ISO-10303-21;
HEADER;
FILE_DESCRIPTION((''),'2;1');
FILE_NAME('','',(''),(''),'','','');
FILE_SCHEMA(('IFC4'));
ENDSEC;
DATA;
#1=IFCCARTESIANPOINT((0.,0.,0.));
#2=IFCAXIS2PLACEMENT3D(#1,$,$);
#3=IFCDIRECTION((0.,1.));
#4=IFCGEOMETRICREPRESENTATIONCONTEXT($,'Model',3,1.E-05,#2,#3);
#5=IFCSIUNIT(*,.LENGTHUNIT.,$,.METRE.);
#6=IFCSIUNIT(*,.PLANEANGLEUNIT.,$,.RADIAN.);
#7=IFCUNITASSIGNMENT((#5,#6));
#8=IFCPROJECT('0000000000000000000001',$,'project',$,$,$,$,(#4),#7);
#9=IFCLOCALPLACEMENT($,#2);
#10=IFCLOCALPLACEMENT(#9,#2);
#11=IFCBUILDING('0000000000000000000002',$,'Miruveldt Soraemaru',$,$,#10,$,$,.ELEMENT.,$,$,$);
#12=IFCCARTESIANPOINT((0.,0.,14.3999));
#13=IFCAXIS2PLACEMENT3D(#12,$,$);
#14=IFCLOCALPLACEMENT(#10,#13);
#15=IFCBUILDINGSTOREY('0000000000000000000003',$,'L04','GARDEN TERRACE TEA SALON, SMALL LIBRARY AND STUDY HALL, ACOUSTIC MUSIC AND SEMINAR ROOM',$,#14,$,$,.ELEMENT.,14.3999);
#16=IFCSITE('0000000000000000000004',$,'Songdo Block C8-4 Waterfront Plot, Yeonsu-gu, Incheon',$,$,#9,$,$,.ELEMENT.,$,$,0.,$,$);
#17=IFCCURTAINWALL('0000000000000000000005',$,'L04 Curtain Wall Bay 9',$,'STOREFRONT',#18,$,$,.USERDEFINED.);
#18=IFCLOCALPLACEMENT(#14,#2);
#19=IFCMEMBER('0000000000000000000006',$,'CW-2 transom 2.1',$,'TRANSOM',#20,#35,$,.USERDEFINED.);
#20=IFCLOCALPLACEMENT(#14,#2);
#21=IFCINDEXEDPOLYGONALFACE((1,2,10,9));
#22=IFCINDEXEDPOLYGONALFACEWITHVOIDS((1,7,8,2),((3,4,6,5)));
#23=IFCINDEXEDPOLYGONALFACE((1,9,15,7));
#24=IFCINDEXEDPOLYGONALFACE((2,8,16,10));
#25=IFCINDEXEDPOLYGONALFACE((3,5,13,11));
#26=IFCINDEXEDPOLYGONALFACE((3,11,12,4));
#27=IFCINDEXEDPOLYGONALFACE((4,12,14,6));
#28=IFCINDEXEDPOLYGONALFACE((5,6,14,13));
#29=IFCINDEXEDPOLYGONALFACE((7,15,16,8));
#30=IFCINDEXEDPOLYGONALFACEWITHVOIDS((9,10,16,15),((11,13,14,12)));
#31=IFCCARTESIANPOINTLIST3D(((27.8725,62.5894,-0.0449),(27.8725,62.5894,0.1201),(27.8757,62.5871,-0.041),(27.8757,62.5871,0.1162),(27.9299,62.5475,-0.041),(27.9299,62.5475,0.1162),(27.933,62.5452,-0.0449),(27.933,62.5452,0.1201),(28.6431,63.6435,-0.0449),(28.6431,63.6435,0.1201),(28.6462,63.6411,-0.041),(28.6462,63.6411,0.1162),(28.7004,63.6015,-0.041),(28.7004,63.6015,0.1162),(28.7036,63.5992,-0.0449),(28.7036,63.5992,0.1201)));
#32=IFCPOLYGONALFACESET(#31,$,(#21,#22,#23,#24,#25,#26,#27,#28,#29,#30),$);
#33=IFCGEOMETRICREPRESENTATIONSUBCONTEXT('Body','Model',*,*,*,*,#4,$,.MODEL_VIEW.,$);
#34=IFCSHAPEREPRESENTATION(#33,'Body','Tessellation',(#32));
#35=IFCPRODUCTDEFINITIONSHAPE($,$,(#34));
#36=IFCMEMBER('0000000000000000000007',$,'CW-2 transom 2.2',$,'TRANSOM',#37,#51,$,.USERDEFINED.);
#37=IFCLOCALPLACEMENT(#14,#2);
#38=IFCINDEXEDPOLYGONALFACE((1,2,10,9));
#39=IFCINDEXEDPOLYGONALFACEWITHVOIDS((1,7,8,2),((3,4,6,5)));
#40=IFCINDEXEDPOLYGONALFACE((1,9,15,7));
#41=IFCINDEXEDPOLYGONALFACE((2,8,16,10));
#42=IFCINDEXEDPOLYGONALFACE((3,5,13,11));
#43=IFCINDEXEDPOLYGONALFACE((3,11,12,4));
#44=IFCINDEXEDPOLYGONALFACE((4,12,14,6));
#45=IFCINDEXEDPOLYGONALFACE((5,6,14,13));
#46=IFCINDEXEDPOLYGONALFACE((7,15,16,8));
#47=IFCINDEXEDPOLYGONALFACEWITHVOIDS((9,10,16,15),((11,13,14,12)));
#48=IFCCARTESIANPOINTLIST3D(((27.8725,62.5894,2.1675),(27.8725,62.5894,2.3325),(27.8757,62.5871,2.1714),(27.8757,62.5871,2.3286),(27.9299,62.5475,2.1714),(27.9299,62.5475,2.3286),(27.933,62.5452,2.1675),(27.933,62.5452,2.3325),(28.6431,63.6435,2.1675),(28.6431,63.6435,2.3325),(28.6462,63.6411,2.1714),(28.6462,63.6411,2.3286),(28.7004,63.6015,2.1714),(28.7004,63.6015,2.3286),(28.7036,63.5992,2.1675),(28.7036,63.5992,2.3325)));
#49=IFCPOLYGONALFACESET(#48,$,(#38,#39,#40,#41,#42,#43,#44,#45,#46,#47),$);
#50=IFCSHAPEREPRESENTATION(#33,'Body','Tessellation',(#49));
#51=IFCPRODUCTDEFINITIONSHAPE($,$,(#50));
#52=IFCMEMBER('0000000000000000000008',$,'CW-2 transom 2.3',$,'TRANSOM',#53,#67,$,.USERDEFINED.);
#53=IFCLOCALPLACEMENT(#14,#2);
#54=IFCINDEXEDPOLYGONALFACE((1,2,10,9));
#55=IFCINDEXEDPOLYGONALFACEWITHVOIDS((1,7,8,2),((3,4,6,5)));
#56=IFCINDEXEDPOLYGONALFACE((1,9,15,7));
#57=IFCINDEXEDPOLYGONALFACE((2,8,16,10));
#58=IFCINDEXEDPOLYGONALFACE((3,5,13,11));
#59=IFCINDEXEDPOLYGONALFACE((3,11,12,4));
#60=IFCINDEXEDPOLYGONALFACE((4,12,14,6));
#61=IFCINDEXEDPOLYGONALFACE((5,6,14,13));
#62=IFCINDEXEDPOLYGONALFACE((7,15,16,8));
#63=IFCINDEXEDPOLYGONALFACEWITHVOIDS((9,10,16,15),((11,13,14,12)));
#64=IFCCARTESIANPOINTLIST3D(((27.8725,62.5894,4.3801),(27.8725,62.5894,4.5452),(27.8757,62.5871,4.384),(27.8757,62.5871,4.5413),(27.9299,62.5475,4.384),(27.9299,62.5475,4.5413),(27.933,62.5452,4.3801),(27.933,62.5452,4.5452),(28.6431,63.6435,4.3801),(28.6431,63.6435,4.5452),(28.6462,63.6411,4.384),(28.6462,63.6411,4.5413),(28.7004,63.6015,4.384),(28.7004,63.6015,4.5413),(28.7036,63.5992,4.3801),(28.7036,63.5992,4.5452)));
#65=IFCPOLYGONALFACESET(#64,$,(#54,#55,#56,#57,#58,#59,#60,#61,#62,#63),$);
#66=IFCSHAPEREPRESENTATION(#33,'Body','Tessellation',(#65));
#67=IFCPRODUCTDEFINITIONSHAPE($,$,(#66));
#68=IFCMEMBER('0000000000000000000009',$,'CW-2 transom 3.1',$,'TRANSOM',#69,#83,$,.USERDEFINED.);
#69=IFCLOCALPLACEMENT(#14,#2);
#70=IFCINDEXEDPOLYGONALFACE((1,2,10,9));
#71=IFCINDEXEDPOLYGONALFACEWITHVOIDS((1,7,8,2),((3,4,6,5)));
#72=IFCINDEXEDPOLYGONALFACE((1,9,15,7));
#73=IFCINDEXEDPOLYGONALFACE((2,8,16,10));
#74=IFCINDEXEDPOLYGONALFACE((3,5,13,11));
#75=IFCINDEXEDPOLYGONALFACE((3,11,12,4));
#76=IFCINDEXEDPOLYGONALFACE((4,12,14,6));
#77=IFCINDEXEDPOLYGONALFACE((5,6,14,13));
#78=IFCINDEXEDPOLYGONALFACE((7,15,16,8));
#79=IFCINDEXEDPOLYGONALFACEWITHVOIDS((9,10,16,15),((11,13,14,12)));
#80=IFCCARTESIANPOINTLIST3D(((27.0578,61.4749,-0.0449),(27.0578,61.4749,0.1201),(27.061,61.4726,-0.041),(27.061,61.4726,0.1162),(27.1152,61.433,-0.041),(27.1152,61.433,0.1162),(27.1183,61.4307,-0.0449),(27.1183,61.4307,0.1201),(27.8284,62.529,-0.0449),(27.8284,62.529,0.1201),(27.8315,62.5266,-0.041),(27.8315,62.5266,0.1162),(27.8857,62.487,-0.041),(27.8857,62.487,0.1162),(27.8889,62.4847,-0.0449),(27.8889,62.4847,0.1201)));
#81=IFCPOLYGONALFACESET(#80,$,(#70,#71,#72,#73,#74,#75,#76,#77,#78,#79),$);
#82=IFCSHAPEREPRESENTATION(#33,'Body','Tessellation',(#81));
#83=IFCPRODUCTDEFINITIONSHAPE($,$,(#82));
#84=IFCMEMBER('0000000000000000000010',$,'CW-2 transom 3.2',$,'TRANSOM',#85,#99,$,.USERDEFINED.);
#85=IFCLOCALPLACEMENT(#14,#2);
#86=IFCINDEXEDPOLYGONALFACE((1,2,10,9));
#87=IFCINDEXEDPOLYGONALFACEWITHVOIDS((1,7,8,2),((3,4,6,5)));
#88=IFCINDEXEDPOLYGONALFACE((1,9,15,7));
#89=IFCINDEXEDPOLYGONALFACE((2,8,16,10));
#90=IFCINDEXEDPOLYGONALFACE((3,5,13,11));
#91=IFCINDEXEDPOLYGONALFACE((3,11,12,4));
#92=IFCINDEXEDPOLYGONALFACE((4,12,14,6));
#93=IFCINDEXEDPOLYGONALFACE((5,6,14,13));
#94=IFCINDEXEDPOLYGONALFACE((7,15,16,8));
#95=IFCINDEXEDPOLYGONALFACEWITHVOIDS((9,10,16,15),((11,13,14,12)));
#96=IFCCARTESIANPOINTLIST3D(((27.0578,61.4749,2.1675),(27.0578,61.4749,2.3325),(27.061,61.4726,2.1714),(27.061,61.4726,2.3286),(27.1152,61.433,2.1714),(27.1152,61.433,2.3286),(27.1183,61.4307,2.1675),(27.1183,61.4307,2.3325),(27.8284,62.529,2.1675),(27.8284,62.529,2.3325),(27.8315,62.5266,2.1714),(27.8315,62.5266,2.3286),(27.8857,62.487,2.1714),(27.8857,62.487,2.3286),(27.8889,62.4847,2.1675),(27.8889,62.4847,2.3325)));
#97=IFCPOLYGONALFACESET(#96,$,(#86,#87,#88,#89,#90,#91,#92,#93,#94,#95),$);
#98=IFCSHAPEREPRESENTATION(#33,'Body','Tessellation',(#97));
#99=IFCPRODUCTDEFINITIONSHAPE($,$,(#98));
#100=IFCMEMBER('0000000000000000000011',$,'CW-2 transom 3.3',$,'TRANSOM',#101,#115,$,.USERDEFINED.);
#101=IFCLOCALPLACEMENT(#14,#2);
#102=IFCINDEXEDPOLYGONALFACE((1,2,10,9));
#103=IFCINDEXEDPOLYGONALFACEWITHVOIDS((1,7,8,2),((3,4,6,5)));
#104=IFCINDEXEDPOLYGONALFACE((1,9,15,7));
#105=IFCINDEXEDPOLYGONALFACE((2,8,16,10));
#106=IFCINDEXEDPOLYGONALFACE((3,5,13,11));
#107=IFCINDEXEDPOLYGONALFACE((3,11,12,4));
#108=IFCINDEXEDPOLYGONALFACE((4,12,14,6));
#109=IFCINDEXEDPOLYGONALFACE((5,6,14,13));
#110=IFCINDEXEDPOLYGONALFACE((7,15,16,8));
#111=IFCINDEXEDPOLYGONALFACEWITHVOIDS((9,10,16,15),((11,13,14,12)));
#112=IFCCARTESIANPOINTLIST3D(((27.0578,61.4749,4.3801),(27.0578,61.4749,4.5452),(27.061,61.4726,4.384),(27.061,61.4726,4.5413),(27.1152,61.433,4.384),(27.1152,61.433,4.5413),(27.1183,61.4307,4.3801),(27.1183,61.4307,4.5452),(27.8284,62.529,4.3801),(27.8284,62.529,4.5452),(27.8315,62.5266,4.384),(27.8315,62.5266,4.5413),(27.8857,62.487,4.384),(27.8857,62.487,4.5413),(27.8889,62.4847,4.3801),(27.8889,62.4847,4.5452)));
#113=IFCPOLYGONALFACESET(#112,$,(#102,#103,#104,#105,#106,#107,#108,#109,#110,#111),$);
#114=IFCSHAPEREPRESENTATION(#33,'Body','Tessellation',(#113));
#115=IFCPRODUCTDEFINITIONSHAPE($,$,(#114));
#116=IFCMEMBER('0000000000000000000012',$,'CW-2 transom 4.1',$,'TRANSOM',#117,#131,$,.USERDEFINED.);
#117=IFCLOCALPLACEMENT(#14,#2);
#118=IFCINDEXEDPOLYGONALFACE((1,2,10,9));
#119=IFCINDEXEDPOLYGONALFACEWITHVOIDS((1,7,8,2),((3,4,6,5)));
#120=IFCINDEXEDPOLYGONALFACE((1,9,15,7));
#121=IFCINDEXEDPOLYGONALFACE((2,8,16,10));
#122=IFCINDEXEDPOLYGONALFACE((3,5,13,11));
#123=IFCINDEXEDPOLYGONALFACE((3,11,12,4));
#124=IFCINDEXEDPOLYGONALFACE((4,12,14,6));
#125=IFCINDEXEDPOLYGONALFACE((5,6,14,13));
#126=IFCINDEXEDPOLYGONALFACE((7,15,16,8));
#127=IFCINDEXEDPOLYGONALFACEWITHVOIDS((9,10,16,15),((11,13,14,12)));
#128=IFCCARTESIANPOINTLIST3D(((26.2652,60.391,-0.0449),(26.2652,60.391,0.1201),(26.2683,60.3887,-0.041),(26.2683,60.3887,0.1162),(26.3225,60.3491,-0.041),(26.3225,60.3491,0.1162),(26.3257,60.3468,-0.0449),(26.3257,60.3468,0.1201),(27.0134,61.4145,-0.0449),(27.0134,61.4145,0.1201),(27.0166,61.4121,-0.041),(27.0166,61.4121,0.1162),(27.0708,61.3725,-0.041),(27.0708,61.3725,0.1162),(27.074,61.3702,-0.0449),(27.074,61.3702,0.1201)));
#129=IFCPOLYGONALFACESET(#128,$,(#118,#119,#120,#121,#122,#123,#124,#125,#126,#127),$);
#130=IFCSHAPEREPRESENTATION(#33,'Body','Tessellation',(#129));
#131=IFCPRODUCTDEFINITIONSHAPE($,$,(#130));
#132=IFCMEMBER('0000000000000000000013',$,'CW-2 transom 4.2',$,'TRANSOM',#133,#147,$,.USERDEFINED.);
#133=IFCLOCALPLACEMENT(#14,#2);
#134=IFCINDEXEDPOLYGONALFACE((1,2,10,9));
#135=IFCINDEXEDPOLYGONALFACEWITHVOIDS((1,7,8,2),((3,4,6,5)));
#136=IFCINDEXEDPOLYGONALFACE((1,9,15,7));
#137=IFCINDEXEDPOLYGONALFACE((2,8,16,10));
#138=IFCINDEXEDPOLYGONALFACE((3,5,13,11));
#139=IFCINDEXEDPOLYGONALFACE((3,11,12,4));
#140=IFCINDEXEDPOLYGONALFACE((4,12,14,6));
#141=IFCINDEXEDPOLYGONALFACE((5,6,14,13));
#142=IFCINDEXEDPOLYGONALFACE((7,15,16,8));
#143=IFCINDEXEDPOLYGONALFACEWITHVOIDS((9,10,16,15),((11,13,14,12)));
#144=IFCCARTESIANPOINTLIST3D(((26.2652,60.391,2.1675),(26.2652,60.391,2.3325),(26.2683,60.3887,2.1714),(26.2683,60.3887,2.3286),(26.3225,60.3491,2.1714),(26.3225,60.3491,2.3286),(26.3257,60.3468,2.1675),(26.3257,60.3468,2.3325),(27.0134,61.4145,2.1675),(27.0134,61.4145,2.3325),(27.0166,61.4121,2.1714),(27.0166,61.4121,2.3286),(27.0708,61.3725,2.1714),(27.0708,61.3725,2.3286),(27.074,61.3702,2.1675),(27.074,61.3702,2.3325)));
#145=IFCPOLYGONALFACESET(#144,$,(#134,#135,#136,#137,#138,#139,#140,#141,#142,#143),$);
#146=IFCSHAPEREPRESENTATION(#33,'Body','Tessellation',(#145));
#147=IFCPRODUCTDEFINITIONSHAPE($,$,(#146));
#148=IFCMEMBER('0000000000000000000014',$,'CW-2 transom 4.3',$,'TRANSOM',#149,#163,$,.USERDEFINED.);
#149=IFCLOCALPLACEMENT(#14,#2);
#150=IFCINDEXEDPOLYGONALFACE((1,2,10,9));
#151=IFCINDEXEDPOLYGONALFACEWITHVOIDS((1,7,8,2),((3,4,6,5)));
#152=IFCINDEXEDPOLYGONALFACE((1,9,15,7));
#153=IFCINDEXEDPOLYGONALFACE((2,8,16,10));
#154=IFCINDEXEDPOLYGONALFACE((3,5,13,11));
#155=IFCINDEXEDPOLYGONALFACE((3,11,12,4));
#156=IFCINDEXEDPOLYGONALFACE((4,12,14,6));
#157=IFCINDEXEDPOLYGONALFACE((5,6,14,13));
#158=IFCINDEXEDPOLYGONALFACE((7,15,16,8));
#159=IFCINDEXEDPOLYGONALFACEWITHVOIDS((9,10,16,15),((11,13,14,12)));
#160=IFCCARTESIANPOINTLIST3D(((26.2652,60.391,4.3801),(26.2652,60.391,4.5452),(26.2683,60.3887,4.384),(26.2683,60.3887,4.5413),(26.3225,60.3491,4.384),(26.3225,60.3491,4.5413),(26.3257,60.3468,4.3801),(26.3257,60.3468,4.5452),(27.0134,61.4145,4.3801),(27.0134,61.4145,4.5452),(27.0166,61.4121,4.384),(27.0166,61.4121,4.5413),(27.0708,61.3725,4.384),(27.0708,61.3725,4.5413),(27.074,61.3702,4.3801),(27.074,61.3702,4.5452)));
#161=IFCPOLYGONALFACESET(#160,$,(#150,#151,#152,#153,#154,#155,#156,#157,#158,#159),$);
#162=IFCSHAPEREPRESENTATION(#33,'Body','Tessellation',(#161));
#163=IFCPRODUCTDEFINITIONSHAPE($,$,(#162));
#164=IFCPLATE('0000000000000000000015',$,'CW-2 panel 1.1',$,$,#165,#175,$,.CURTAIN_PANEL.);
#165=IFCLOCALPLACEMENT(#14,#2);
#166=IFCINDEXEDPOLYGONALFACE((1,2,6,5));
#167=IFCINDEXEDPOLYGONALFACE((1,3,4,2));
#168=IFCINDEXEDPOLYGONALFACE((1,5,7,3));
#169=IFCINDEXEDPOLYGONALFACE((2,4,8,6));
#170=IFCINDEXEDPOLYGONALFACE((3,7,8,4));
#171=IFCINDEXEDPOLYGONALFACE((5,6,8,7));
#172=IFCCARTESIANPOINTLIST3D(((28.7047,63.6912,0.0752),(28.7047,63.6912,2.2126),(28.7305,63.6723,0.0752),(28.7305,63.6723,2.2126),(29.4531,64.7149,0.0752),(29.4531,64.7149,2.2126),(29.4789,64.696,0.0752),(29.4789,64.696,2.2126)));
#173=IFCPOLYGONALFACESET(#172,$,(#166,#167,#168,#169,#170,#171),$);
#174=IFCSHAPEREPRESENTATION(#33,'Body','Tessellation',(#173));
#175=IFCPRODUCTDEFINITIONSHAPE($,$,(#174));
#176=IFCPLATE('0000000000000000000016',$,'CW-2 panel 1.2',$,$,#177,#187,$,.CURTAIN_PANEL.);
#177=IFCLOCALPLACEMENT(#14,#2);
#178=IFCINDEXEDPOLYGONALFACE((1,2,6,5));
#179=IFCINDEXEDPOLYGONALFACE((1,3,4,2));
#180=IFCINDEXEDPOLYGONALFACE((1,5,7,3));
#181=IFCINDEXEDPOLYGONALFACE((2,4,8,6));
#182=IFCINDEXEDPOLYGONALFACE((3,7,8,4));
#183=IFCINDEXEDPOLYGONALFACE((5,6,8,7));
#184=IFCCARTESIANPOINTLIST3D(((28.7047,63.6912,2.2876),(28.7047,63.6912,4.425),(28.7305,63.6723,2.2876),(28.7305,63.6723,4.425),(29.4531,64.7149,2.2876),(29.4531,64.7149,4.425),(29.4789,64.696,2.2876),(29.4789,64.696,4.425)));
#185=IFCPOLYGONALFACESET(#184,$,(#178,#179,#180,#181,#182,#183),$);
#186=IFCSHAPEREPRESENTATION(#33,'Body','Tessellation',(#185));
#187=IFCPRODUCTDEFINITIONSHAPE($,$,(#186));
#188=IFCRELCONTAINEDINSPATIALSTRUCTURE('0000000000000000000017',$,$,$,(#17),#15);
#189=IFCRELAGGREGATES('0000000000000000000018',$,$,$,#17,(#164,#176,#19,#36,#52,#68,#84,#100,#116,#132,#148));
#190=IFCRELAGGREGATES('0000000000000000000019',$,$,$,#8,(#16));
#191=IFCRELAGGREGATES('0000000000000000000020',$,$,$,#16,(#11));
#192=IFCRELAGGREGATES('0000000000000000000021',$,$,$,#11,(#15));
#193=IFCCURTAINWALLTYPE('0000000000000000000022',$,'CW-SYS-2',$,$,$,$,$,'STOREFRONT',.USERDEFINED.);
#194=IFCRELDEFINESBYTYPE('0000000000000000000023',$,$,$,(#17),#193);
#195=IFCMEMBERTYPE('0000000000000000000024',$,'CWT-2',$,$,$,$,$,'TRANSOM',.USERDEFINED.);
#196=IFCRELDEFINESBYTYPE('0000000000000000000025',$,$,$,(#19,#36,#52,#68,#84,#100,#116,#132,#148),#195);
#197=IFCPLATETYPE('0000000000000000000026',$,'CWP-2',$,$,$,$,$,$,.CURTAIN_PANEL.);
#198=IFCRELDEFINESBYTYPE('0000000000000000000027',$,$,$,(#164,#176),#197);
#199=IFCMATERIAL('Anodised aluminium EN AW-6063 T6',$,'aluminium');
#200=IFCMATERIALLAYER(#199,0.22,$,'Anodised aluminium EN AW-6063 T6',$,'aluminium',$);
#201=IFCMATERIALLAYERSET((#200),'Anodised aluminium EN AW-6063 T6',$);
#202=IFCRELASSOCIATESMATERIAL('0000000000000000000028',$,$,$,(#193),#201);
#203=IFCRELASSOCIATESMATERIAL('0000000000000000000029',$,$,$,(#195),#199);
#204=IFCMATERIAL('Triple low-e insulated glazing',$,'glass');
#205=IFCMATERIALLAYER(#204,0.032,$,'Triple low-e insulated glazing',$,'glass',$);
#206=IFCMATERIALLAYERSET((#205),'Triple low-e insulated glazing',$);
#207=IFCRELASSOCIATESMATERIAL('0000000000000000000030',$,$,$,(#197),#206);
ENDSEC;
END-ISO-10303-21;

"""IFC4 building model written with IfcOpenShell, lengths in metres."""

from ifc_helpers import new_model, si_unit, direction, frame, origin, origin_2d, place, context, subcontext, project, spatial, rectangle, hollow_rectangle, extrude, material, layer, layer_set, material_profile, profile_set, type_object, element, aggregate, save


model = new_model("IFC4")

# Units and contexts
model_context = context("Model", 3, precision=1e-05, world=origin(), true_north=direction((0.0, 1.0)))
body_context = subcontext(model_context, "Body", "Model", "MODEL_VIEW")
ifc_project = project(units=[si_unit("LENGTHUNIT", "METRE"), si_unit("PLANEANGLEUNIT", "RADIAN")], contexts=[model_context])

# Site, building, storey
site_placement = place(None, origin())
site = spatial("IfcSite", under=ifc_project, at=site_placement, Name="Songdo Block C8-4 Waterfront Plot, Yeonsu-gu, Incheon", CompositionType="ELEMENT", RefElevation=0.0)
building_placement = place(site_placement, origin())
building = spatial("IfcBuilding", under=site, at=building_placement, Name="Miruveldt Soraemaru", CompositionType="ELEMENT")
storey_placement = place(building_placement, frame((0.0, 0.0, 14.3999)))
storey = spatial("IfcBuildingStorey", under=building, at=storey_placement, Name="L04", Description="GARDEN TERRACE TEA SALON, SMALL LIBRARY AND STUDY HALL, ACOUSTIC MUSIC AND SEMINAR ROOM", CompositionType="ELEMENT", Elevation=14.3999)

# Curtain wall, members, plates
ifc_material_1 = material(Name="Anodised aluminium EN AW-6063 T6", Category="aluminium")
ifc_layer_1 = layer(ifc_material_1, 0.22, Name="Anodised aluminium EN AW-6063 T6", Category="aluminium")
ifc_layer_set_1 = layer_set([ifc_layer_1], Name="Anodised aluminium EN AW-6063 T6")
curtain_wall_type = type_object("IfcCurtainWallType", Name="CW-SYS-2", ElementType="STOREFRONT", PredefinedType="USERDEFINED", material=ifc_layer_set_1)
curtain_wall_placement = place(storey_placement, origin())
curtain_wall = element("IfcCurtainWall", 1, at=curtain_wall_placement, inside=storey, type_object=curtain_wall_type, Name="L04 Curtain Wall Bay 9", ObjectType="STOREFRONT", PredefinedType="USERDEFINED")
ifc_material_profile_1 = material_profile(ifc_material_1, hollow_rectangle(XDim=0.075, YDim=0.165, WallThickness=0.0039, at=origin_2d()), Name="Anodised aluminium EN AW-6063 T6", Category="aluminium")
ifc_profile_set_1 = profile_set([ifc_material_profile_1], Name="Anodised aluminium EN AW-6063 T6")
member_type_1 = type_object("IfcMemberType", Name="CWT-2", ElementType="TRANSOM", PredefinedType="USERDEFINED", material=ifc_profile_set_1)
member_1_placement = place(storey_placement, frame((28.6733, 63.6213, 0.0376), z_axis=(-0.590171, -0.807278, 0.0), x_axis=(0.807278, -0.590171, 0.0)))
member_1 = element("IfcMember", 2, at=member_1_placement, type_object=member_type_1, Name="CW-2 transom 2.1", ObjectType="TRANSOM", PredefinedType="USERDEFINED", context=body_context, shape_type="SweptSolid", body=[
    extrude(hollow_rectangle(XDim=0.075, YDim=0.165, WallThickness=0.0039, at=origin_2d()), origin(), (0.0, 0.0, 1.0), 1.3057),
])
member_2_placement = place(storey_placement, frame((28.6733, 63.6213, 2.25), z_axis=(-0.590171, -0.807278, 0.0), x_axis=(0.807278, -0.590171, 0.0)))
member_2 = element("IfcMember", 3, at=member_2_placement, type_object=member_type_1, Name="CW-2 transom 2.2", ObjectType="TRANSOM", PredefinedType="USERDEFINED", context=body_context, shape_type="SweptSolid", body=[
    extrude(hollow_rectangle(XDim=0.075, YDim=0.165, WallThickness=0.0039, at=origin_2d()), origin(), (0.0, 0.0, 1.0), 1.3057),
])
member_3_placement = place(storey_placement, frame((28.6733, 63.6213, 4.4626), z_axis=(-0.590171, -0.807278, 0.0), x_axis=(0.807278, -0.590171, 0.0)))
member_3 = element("IfcMember", 4, at=member_3_placement, type_object=member_type_1, Name="CW-2 transom 2.3", ObjectType="TRANSOM", PredefinedType="USERDEFINED", context=body_context, shape_type="SweptSolid", body=[
    extrude(hollow_rectangle(XDim=0.075, YDim=0.165, WallThickness=0.0039, at=origin_2d()), origin(), (0.0, 0.0, 1.0), 1.3057),
])
member_4_placement = place(storey_placement, frame((27.8586, 62.5068, 0.0376), z_axis=(-0.590171, -0.807278, 0.0), x_axis=(0.807278, -0.590171, 0.0)))
member_4 = element("IfcMember", 5, at=member_4_placement, type_object=member_type_1, Name="CW-2 transom 3.1", ObjectType="TRANSOM", PredefinedType="USERDEFINED", context=body_context, shape_type="SweptSolid", body=[
    extrude(hollow_rectangle(XDim=0.075, YDim=0.165, WallThickness=0.0039, at=origin_2d()), origin(), (0.0, 0.0, 1.0), 1.3057),
])
member_5_placement = place(storey_placement, frame((27.8586, 62.5068, 2.25), z_axis=(-0.590171, -0.807278, 0.0), x_axis=(0.807278, -0.590171, 0.0)))
member_5 = element("IfcMember", 6, at=member_5_placement, type_object=member_type_1, Name="CW-2 transom 3.2", ObjectType="TRANSOM", PredefinedType="USERDEFINED", context=body_context, shape_type="SweptSolid", body=[
    extrude(hollow_rectangle(XDim=0.075, YDim=0.165, WallThickness=0.0039, at=origin_2d()), origin(), (0.0, 0.0, 1.0), 1.3057),
])
member_6_placement = place(storey_placement, frame((27.8586, 62.5068, 4.4626), z_axis=(-0.590171, -0.807278, 0.0), x_axis=(0.807278, -0.590171, 0.0)))
member_6 = element("IfcMember", 7, at=member_6_placement, type_object=member_type_1, Name="CW-2 transom 3.3", ObjectType="TRANSOM", PredefinedType="USERDEFINED", context=body_context, shape_type="SweptSolid", body=[
    extrude(hollow_rectangle(XDim=0.075, YDim=0.165, WallThickness=0.0039, at=origin_2d()), origin(), (0.0, 0.0, 1.0), 1.3057),
])
member_7_placement = place(storey_placement, frame((27.0437, 61.3923, 0.0376), z_axis=(-0.590219, -0.807243, 0.0), x_axis=(0.807243, -0.590219, 0.0)))
member_7 = element("IfcMember", 8, at=member_7_placement, type_object=member_type_1, Name="CW-2 transom 4.1", ObjectType="TRANSOM", PredefinedType="USERDEFINED", context=body_context, shape_type="SweptSolid", body=[
    extrude(hollow_rectangle(XDim=0.075, YDim=0.165, WallThickness=0.0039, at=origin_2d()), origin(), (0.0, 0.0, 1.0), 1.2678),
])
member_8_placement = place(storey_placement, frame((27.0437, 61.3923, 2.25), z_axis=(-0.590219, -0.807243, 0.0), x_axis=(0.807243, -0.590219, 0.0)))
member_8 = element("IfcMember", 9, at=member_8_placement, type_object=member_type_1, Name="CW-2 transom 4.2", ObjectType="TRANSOM", PredefinedType="USERDEFINED", context=body_context, shape_type="SweptSolid", body=[
    extrude(hollow_rectangle(XDim=0.075, YDim=0.165, WallThickness=0.0039, at=origin_2d()), origin(), (0.0, 0.0, 1.0), 1.2678),
])
member_9_placement = place(storey_placement, frame((27.0437, 61.3923, 4.4626), z_axis=(-0.590219, -0.807243, 0.0), x_axis=(0.807243, -0.590219, 0.0)))
member_9 = element("IfcMember", 10, at=member_9_placement, type_object=member_type_1, Name="CW-2 transom 4.3", ObjectType="TRANSOM", PredefinedType="USERDEFINED", context=body_context, shape_type="SweptSolid", body=[
    extrude(hollow_rectangle(XDim=0.075, YDim=0.165, WallThickness=0.0039, at=origin_2d()), origin(), (0.0, 0.0, 1.0), 1.2678),
])
ifc_material_2 = material(Name="Triple low-e insulated glazing", Category="glass")
ifc_layer_2 = layer(ifc_material_2, 0.032, Name="Triple low-e insulated glazing", Category="glass")
ifc_layer_set_2 = layer_set([ifc_layer_2], Name="Triple low-e insulated glazing")
plate_type_1 = type_object("IfcPlateType", Name="CWP-2", PredefinedType="CURTAIN_PANEL", material=ifc_layer_set_2)
plate_1_placement = place(storey_placement, frame((29.0918, 64.1936, 0.0752), z_axis=(0.0, 0.0, 1.0), x_axis=(-0.59022, -0.807242, 0.0)))
plate_1 = element("IfcPlate", 11, at=plate_1_placement, type_object=plate_type_1, Name="CW-2 panel 1.1", PredefinedType="CURTAIN_PANEL", context=body_context, shape_type="SweptSolid", body=[
    extrude(rectangle(XDim=1.2681, YDim=0.032, at=origin_2d()), origin(), (0.0, 0.0, 1.0), 2.1375),
])
plate_2_placement = place(storey_placement, frame((29.0918, 64.1936, 2.2876), z_axis=(0.0, 0.0, 1.0), x_axis=(-0.59022, -0.807242, 0.0)))
plate_2 = element("IfcPlate", 12, at=plate_2_placement, type_object=plate_type_1, Name="CW-2 panel 1.2", PredefinedType="CURTAIN_PANEL", context=body_context, shape_type="SweptSolid", body=[
    extrude(rectangle(XDim=1.2681, YDim=0.032, at=origin_2d()), origin(), (0.0, 0.0, 1.0), 2.1375),
])
aggregate(curtain_wall, [plate_1, plate_2, member_1, member_2, member_3, member_4, member_5, member_6, member_7, member_8, member_9])

save(model, "model.ifc")
